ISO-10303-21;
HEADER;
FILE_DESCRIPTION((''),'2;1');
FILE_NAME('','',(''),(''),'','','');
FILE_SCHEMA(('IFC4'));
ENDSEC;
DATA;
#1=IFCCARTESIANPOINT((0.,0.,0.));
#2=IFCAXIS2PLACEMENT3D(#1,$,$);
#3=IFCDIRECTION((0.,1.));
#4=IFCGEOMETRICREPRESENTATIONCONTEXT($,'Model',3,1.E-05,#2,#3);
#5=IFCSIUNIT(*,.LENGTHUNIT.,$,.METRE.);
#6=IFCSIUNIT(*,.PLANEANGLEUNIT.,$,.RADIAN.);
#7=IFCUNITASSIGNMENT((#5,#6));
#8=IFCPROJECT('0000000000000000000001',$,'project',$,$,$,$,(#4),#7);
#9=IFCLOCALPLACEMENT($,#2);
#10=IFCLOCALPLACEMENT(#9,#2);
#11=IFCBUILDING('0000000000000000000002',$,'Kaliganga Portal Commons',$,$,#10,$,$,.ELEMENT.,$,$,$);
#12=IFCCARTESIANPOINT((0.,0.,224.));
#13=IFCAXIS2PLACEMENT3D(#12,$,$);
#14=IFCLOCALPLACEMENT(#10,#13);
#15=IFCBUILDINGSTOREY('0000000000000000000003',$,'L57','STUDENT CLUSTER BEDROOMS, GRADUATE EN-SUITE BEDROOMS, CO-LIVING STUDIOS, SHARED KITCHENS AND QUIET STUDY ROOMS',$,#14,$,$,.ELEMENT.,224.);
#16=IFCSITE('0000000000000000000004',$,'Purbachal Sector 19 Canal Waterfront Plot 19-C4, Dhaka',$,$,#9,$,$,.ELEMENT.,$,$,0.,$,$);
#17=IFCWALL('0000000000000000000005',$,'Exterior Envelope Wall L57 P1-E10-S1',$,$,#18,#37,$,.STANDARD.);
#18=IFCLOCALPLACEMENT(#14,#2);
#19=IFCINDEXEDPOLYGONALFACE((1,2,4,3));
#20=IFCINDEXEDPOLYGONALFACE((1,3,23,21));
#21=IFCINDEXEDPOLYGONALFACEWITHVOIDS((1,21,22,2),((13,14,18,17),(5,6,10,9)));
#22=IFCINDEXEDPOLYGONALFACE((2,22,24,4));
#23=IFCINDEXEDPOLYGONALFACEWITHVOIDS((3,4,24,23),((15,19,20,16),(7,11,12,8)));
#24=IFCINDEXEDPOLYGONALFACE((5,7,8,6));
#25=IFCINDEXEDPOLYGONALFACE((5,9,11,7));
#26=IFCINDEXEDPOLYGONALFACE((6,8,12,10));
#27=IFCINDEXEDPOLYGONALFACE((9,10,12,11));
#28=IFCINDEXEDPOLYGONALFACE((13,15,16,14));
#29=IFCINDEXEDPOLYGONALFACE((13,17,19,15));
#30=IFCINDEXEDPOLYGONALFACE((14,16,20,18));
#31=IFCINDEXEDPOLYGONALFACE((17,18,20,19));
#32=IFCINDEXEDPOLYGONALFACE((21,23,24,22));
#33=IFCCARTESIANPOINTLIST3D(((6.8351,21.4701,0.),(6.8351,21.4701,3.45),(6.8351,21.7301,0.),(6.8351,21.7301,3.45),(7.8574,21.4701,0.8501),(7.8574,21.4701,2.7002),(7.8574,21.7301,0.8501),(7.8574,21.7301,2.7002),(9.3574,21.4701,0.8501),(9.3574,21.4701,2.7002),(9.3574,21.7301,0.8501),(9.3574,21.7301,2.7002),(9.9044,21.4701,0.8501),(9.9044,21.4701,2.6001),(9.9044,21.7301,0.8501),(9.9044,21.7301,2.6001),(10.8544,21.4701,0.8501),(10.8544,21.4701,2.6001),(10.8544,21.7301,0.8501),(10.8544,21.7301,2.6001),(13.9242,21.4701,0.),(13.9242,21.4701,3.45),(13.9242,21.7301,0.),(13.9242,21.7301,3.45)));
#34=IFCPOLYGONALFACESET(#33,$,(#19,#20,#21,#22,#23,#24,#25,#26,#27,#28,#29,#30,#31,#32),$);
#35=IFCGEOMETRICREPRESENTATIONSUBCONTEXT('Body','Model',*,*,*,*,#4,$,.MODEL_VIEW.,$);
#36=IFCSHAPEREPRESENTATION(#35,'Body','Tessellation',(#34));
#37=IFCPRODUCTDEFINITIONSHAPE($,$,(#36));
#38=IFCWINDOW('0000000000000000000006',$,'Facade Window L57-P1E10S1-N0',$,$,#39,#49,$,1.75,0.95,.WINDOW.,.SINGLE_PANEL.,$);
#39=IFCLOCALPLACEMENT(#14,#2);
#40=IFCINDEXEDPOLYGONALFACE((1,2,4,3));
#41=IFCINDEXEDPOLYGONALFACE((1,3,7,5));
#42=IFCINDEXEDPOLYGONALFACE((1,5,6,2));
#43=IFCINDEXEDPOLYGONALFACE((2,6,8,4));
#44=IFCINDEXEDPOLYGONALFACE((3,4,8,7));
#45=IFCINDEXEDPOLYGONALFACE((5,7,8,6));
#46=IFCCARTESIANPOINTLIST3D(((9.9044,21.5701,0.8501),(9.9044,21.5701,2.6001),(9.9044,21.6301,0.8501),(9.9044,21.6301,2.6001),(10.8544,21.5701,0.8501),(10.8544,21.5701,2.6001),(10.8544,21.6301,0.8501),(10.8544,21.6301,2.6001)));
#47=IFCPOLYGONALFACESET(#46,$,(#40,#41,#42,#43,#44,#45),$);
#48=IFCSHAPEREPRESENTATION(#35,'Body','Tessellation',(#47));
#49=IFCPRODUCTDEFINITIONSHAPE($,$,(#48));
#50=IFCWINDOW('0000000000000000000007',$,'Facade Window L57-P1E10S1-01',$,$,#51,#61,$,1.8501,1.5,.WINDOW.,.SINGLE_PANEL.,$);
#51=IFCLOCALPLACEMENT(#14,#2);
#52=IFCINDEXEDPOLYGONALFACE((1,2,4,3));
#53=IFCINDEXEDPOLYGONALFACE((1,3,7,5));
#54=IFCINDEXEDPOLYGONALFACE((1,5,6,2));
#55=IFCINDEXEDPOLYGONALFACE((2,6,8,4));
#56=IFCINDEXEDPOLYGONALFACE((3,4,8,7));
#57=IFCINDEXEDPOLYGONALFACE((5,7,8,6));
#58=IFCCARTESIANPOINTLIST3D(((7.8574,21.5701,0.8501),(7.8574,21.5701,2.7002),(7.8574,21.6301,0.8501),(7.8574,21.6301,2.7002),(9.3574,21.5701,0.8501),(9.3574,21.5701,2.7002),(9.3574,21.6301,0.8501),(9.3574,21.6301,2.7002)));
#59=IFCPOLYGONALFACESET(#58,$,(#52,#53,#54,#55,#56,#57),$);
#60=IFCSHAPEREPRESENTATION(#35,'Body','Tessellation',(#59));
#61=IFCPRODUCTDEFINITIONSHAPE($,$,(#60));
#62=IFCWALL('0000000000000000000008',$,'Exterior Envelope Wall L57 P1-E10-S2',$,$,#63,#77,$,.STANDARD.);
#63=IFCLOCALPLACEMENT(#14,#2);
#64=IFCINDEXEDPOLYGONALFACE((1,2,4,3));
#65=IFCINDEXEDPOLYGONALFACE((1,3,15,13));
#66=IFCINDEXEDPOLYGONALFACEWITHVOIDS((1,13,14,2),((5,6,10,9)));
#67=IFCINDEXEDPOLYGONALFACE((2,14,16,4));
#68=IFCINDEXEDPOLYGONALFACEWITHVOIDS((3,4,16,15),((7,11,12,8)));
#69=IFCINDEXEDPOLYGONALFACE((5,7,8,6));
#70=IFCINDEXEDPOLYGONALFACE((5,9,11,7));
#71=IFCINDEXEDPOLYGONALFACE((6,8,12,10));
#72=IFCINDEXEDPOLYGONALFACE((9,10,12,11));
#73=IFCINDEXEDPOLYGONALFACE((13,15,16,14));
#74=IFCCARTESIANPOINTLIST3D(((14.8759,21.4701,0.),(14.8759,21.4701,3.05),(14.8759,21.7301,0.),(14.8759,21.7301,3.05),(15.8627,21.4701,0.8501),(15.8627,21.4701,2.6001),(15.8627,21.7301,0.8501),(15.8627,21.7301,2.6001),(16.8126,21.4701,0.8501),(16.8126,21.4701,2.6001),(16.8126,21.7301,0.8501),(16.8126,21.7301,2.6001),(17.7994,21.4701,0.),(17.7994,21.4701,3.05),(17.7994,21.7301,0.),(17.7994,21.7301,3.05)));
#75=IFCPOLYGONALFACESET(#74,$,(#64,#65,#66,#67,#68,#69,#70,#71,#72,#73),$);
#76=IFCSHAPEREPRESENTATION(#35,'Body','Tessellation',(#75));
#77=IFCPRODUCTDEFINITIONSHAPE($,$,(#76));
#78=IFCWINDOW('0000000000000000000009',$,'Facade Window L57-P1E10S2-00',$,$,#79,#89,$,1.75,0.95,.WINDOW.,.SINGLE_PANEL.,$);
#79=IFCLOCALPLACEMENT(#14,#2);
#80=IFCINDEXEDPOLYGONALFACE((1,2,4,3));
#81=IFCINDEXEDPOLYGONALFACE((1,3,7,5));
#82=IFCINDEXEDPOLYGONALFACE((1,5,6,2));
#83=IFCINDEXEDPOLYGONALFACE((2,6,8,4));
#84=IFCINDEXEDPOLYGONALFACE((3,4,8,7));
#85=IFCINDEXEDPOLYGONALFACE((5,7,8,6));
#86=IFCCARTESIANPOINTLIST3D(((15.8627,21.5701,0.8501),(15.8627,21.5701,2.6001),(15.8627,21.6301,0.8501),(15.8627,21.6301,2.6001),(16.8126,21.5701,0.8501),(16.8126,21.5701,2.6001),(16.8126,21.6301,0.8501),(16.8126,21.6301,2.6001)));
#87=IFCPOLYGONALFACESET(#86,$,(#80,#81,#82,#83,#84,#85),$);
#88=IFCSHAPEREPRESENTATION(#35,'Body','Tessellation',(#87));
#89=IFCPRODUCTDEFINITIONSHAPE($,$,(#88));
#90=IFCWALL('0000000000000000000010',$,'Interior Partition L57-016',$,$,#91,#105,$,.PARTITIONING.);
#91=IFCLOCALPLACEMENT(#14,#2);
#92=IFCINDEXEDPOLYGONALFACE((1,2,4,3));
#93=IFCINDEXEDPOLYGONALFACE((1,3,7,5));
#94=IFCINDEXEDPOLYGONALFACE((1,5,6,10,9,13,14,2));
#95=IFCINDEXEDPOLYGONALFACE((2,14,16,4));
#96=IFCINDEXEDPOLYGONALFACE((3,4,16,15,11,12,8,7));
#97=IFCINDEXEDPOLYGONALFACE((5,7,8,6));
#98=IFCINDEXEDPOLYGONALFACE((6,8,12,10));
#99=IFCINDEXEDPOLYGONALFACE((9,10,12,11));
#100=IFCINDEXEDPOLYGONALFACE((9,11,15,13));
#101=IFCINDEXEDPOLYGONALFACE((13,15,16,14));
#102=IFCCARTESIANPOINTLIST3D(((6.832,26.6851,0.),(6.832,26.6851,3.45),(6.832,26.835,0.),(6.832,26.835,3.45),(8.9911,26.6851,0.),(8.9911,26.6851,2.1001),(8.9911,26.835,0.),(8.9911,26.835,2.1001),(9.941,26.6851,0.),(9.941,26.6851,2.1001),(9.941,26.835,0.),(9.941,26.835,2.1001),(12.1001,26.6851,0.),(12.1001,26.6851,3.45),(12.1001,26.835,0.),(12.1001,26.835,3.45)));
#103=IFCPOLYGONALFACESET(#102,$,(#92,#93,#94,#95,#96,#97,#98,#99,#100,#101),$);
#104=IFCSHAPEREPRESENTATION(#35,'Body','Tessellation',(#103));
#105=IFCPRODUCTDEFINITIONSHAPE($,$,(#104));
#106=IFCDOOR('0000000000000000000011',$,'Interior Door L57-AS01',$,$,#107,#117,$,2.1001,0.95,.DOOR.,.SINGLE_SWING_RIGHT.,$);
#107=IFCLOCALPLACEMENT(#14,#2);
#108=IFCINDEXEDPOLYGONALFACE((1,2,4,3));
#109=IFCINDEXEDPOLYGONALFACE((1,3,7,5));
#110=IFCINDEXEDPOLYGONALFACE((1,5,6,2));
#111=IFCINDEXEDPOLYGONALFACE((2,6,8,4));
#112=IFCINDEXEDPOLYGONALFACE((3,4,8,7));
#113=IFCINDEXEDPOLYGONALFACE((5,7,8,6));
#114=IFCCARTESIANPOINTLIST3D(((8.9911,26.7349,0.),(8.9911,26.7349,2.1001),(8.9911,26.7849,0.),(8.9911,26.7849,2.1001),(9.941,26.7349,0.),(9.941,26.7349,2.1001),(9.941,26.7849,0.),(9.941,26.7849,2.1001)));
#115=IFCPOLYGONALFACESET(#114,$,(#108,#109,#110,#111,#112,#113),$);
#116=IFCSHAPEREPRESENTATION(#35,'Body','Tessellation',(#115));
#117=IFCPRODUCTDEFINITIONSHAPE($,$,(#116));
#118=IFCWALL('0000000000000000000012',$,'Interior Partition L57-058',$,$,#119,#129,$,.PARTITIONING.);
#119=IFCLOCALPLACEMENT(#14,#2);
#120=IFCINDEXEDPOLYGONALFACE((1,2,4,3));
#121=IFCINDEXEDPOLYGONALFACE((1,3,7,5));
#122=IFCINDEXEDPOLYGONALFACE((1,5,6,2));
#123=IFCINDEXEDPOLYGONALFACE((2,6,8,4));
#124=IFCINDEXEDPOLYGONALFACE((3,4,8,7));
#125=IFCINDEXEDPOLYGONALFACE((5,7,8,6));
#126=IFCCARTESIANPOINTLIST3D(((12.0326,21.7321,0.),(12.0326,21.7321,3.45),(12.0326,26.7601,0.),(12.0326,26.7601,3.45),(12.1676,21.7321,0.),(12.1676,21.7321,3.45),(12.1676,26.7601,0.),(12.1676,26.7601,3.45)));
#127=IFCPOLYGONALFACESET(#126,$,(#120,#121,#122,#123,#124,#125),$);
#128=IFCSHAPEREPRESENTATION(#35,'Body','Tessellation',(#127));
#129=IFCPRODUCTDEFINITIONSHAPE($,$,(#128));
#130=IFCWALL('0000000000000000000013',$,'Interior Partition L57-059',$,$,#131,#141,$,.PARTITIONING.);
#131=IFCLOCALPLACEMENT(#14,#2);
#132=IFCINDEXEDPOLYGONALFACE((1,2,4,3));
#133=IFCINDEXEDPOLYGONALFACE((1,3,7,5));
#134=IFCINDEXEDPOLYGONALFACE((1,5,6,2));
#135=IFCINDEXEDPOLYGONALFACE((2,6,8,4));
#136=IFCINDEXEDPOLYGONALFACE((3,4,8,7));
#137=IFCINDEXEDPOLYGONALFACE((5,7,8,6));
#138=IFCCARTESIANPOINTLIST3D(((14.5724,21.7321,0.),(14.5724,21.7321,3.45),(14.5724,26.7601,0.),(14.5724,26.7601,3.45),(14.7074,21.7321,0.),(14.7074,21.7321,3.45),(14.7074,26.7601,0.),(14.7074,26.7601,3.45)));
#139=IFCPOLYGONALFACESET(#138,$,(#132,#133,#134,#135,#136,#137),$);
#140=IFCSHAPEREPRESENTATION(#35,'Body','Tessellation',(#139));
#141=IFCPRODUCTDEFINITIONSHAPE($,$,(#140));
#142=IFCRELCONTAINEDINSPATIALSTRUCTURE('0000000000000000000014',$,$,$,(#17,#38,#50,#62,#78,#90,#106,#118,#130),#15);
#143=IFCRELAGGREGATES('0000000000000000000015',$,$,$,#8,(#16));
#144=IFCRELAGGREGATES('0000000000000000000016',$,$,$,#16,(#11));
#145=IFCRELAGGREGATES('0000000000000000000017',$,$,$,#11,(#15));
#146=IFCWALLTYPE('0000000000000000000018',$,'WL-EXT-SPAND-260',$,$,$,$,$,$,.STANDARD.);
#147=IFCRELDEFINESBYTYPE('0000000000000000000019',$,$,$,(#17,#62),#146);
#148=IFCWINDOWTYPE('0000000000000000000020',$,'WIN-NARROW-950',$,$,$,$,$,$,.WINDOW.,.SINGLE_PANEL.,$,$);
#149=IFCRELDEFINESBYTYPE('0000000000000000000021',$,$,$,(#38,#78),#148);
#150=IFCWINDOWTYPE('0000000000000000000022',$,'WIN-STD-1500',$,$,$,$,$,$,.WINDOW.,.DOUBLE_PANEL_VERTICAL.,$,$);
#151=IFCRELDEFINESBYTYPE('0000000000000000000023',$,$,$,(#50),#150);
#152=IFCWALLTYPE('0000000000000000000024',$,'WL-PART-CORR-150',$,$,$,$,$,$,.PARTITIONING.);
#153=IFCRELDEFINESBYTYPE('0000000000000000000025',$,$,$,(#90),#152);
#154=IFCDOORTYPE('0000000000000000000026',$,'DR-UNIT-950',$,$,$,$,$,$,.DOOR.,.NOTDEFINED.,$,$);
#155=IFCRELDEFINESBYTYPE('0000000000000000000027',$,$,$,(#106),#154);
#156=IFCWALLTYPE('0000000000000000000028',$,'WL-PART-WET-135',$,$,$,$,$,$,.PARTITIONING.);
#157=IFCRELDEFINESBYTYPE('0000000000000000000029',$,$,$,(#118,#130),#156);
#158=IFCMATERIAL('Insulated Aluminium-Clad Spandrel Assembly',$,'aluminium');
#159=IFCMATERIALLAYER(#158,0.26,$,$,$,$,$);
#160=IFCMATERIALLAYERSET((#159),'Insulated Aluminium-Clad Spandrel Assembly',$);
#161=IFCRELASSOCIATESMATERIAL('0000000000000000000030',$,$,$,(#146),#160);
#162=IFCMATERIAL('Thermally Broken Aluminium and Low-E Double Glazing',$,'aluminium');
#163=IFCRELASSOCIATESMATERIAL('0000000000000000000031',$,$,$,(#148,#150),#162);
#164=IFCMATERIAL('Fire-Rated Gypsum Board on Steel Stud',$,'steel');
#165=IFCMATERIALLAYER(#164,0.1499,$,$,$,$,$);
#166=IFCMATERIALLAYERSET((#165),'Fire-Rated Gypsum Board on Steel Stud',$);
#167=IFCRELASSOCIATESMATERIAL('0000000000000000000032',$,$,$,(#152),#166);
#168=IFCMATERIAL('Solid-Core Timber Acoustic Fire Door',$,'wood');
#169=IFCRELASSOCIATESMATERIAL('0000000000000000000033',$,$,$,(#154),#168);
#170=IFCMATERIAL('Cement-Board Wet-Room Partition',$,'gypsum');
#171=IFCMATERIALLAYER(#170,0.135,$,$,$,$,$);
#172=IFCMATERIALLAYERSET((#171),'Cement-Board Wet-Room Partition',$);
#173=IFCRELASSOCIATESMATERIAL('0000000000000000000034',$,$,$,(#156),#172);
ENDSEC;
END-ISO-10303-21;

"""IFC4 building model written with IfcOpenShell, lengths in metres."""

from ifc_helpers import new_model, si_unit, direction, frame, frame_2d, origin, place, context, subcontext, project, spatial, rectangle, extrude, material, layer, layer_set, type_object, element, fill, save


model = new_model("IFC4")

# Units and contexts
model_context = context("Model", 3, precision=1e-05, world=origin(), true_north=direction((0.0, 1.0)))
body_context = subcontext(model_context, "Body", "Model", "MODEL_VIEW")
ifc_project = project(units=[si_unit("LENGTHUNIT", "METRE"), si_unit("PLANEANGLEUNIT", "RADIAN")], contexts=[model_context])

# Site, building, storey
site_placement = place(None, origin())
site = spatial("IfcSite", under=ifc_project, at=site_placement, Name="Purbachal Sector 19 Canal Waterfront Plot 19-C4, Dhaka", CompositionType="ELEMENT", RefElevation=0.0)
building_placement = place(site_placement, origin())
building = spatial("IfcBuilding", under=site, at=building_placement, Name="Kaliganga Portal Commons", CompositionType="ELEMENT")
storey_placement = place(building_placement, frame((0.0, 0.0, 224.0)))
storey = spatial("IfcBuildingStorey", under=building, at=storey_placement, Name="L57", Description="STUDENT CLUSTER BEDROOMS, GRADUATE EN-SUITE BEDROOMS, CO-LIVING STUDIOS, SHARED KITCHENS AND QUIET STUDY ROOMS", CompositionType="ELEMENT", Elevation=224.0)

# Wall, openings, windows
ifc_material_1 = material(Name="Insulated Aluminium-Clad Spandrel Assembly", Category="aluminium")
ifc_layer_1 = layer(ifc_material_1, 0.26)
ifc_layer_set_1 = layer_set([ifc_layer_1], Name="Insulated Aluminium-Clad Spandrel Assembly")
wall_type_1 = type_object("IfcWallType", Name="WL-EXT-SPAND-260", PredefinedType="STANDARD", material=ifc_layer_set_1)
ifc_material_2 = material(Name="Thermally Broken Aluminium and Low-E Double Glazing", Category="aluminium")
window_type_1 = type_object("IfcWindowType", Name="WIN-NARROW-950", PartitioningType="SINGLE_PANEL", PredefinedType="WINDOW", material=ifc_material_2)
window_type_2 = type_object("IfcWindowType", Name="WIN-STD-1500", PartitioningType="DOUBLE_PANEL_VERTICAL", PredefinedType="WINDOW", material=ifc_material_2)
wall_1_placement = place(storey_placement, frame((13.9241, 21.6001, 0.0), z_axis=(0.0, 0.0, 1.0), x_axis=(-1.0, 0.0, 0.0)))
wall_1 = element("IfcWall", 1, at=wall_1_placement, inside=storey, type_object=wall_type_1, Name="Exterior Envelope Wall L57 P1-E10-S1", PredefinedType="STANDARD", context=body_context, shape_type="SweptSolid", body=[
    extrude(rectangle(XDim=7.0891, YDim=0.26, at=frame_2d((3.5444, 0.0))), origin(), (0.0, 0.0, 1.0), 3.45),
])
opening_1_placement = place(wall_1_placement, frame((4.5667, 0.0, 0.8501)))
opening_1 = element("IfcOpeningElement", 2, at=opening_1_placement, cuts=wall_1, PredefinedType="OPENING", context=body_context, shape_type="SweptSolid", body=[
    extrude(rectangle(XDim=1.5, YDim=1.8501, at=frame_2d((0.75, 0.925))), frame((0.0, 0.1401, 0.0), z_axis=(0.0, -1.0, 0.0), x_axis=(1.0, 0.0, 0.0)), (0.0, 0.0, 1.0), 0.28),
])
opening_2_placement = place(wall_1_placement, frame((3.0696, 0.0, 0.8501)))
opening_2 = element("IfcOpeningElement", 3, at=opening_2_placement, cuts=wall_1, PredefinedType="OPENING", context=body_context, shape_type="SweptSolid", body=[
    extrude(rectangle(XDim=0.95, YDim=1.75, at=frame_2d((0.4751, 0.875))), frame((0.0, 0.1401, 0.0), z_axis=(0.0, -1.0, 0.0), x_axis=(1.0, 0.0, 0.0)), (0.0, 0.0, 1.0), 0.28),
])
window_1_placement = place(opening_2_placement, origin())
window_1 = element("IfcWindow", 4, at=window_1_placement, inside=storey, type_object=window_type_1, Name="Facade Window L57-P1E10S1-N0", OverallHeight=1.75, OverallWidth=0.95, PartitioningType="SINGLE_PANEL", PredefinedType="WINDOW", context=body_context, shape_type="SweptSolid", body=[
    extrude(rectangle(XDim=0.95, YDim=1.75, at=frame_2d((0.4751, 0.875))), frame((0.0, 0.03, 0.0), z_axis=(0.0, -1.0, 0.0), x_axis=(1.0, 0.0, 0.0)), (0.0, 0.0, 1.0), 0.0601),
])
fill(opening_2, window_1)
window_2_placement = place(opening_1_placement, origin())
window_2 = element("IfcWindow", 5, at=window_2_placement, inside=storey, type_object=window_type_2, Name="Facade Window L57-P1E10S1-01", OverallHeight=1.8501, OverallWidth=1.5, PartitioningType="SINGLE_PANEL", PredefinedType="WINDOW", context=body_context, shape_type="SweptSolid", body=[
    extrude(rectangle(XDim=1.5, YDim=1.8501, at=frame_2d((0.75, 0.925))), frame((0.0, 0.03, 0.0), z_axis=(0.0, -1.0, 0.0), x_axis=(1.0, 0.0, 0.0)), (0.0, 0.0, 1.0), 0.0601),
])
fill(opening_1, window_2)

# Wall, opening, window
wall_2_placement = place(storey_placement, frame((17.7996, 21.6001, 0.0), z_axis=(0.0, 0.0, 1.0), x_axis=(-1.0, 0.0, 0.0)))
wall_2 = element("IfcWall", 6, at=wall_2_placement, inside=storey, type_object=wall_type_1, Name="Exterior Envelope Wall L57 P1-E10-S2", PredefinedType="STANDARD", context=body_context, shape_type="SweptSolid", body=[
    extrude(rectangle(XDim=2.9236, YDim=0.26, at=frame_2d((1.4619, 0.0))), origin(), (0.0, 0.0, 1.0), 3.05),
])
opening_3_placement = place(wall_2_placement, frame((0.9868, 0.0, 0.8501)))
opening_3 = element("IfcOpeningElement", 7, at=opening_3_placement, cuts=wall_2, PredefinedType="OPENING", context=body_context, shape_type="SweptSolid", body=[
    extrude(rectangle(XDim=0.95, YDim=1.75, at=frame_2d((0.4751, 0.875))), frame((0.0, 0.1401, 0.0), z_axis=(0.0, -1.0, 0.0), x_axis=(1.0, 0.0, 0.0)), (0.0, 0.0, 1.0), 0.28),
])
window_3_placement = place(opening_3_placement, origin())
window_3 = element("IfcWindow", 8, at=window_3_placement, inside=storey, type_object=window_type_1, Name="Facade Window L57-P1E10S2-00", OverallHeight=1.75, OverallWidth=0.95, PartitioningType="SINGLE_PANEL", PredefinedType="WINDOW", context=body_context, shape_type="SweptSolid", body=[
    extrude(rectangle(XDim=0.95, YDim=1.75, at=frame_2d((0.4751, 0.875))), frame((0.0, 0.03, 0.0), z_axis=(0.0, -1.0, 0.0), x_axis=(1.0, 0.0, 0.0)), (0.0, 0.0, 1.0), 0.0601),
])
fill(opening_3, window_3)

# Wall, opening, door
ifc_material_3 = material(Name="Fire-Rated Gypsum Board on Steel Stud", Category="steel")
ifc_layer_2 = layer(ifc_material_3, 0.1499)
ifc_layer_set_2 = layer_set([ifc_layer_2], Name="Fire-Rated Gypsum Board on Steel Stud")
wall_type_2 = type_object("IfcWallType", Name="WL-PART-CORR-150", PredefinedType="PARTITIONING", material=ifc_layer_set_2)
wall_3_placement = place(storey_placement, frame((6.832, 26.76, 0.0), z_axis=(0.0, 0.0, 1.0), x_axis=(1.0, 0.0, 0.0)))
wall_3 = element("IfcWall", 9, at=wall_3_placement, inside=storey, type_object=wall_type_2, Name="Interior Partition L57-016", PredefinedType="PARTITIONING", context=body_context, shape_type="SweptSolid", body=[
    extrude(rectangle(XDim=5.2681, YDim=0.1499, at=frame_2d((2.634, 0.0))), origin(), (0.0, 0.0, 1.0), 3.45),
])
opening_4_placement = place(wall_3_placement, frame((2.1589, 0.0, 0.0)))
opening_4 = element("IfcOpeningElement", 10, at=opening_4_placement, cuts=wall_3, PredefinedType="OPENING", context=body_context, shape_type="SweptSolid", body=[
    extrude(rectangle(XDim=0.95, YDim=2.1001, at=frame_2d((0.4751, 1.05))), frame((0.0, 0.085, 0.0), z_axis=(0.0, -1.0, 0.0), x_axis=(1.0, 0.0, 0.0)), (0.0, 0.0, 1.0), 0.1699),
])
ifc_material_4 = material(Name="Solid-Core Timber Acoustic Fire Door", Category="wood")
door_type = type_object("IfcDoorType", Name="DR-UNIT-950", OperationType="NOTDEFINED", PredefinedType="DOOR", material=ifc_material_4)
door_placement = place(opening_4_placement, origin())
door = element("IfcDoor", 11, at=door_placement, inside=storey, type_object=door_type, Name="Interior Door L57-AS01", OperationType="SINGLE_SWING_RIGHT", OverallHeight=2.1001, OverallWidth=0.95, PredefinedType="DOOR", context=body_context, shape_type="SweptSolid", body=[
    extrude(rectangle(XDim=0.95, YDim=2.1001, at=frame_2d((0.4751, 1.05))), frame((0.0, 0.0249, 0.0), z_axis=(0.0, -1.0, 0.0), x_axis=(1.0, 0.0, 0.0)), (0.0, 0.0, 1.0), 0.05),
])
fill(opening_4, door)

# Walls
ifc_material_5 = material(Name="Cement-Board Wet-Room Partition", Category="gypsum")
ifc_layer_3 = layer(ifc_material_5, 0.135)
ifc_layer_set_3 = layer_set([ifc_layer_3], Name="Cement-Board Wet-Room Partition")
wall_type_3 = type_object("IfcWallType", Name="WL-PART-WET-135", PredefinedType="PARTITIONING", material=ifc_layer_set_3)
for number, where, z_axis, x_axis, name in (
    (12, (12.1001, 21.7319, 0.0), (0.0, 0.0, 1.0), (0.0, 1.0, 0.0), "Interior Partition L57-058"),
    (13, (14.6399, 21.7319, 0.0), (0.0, 0.0, 1.0), (0.0, 1.0, 0.0), "Interior Partition L57-059"),
):
    element("IfcWall", number, at=place(storey_placement, frame(where, z_axis=z_axis, x_axis=x_axis)), inside=storey, type_object=wall_type_3, Name=name, PredefinedType="PARTITIONING", context=body_context, shape_type="SweptSolid", body=[
        extrude(rectangle(XDim=5.0281, YDim=0.135, at=frame_2d((2.5142, 0.0))), origin(), (0.0, 0.0, 1.0), 3.45),
    ])

save(model, "model.ifc")
